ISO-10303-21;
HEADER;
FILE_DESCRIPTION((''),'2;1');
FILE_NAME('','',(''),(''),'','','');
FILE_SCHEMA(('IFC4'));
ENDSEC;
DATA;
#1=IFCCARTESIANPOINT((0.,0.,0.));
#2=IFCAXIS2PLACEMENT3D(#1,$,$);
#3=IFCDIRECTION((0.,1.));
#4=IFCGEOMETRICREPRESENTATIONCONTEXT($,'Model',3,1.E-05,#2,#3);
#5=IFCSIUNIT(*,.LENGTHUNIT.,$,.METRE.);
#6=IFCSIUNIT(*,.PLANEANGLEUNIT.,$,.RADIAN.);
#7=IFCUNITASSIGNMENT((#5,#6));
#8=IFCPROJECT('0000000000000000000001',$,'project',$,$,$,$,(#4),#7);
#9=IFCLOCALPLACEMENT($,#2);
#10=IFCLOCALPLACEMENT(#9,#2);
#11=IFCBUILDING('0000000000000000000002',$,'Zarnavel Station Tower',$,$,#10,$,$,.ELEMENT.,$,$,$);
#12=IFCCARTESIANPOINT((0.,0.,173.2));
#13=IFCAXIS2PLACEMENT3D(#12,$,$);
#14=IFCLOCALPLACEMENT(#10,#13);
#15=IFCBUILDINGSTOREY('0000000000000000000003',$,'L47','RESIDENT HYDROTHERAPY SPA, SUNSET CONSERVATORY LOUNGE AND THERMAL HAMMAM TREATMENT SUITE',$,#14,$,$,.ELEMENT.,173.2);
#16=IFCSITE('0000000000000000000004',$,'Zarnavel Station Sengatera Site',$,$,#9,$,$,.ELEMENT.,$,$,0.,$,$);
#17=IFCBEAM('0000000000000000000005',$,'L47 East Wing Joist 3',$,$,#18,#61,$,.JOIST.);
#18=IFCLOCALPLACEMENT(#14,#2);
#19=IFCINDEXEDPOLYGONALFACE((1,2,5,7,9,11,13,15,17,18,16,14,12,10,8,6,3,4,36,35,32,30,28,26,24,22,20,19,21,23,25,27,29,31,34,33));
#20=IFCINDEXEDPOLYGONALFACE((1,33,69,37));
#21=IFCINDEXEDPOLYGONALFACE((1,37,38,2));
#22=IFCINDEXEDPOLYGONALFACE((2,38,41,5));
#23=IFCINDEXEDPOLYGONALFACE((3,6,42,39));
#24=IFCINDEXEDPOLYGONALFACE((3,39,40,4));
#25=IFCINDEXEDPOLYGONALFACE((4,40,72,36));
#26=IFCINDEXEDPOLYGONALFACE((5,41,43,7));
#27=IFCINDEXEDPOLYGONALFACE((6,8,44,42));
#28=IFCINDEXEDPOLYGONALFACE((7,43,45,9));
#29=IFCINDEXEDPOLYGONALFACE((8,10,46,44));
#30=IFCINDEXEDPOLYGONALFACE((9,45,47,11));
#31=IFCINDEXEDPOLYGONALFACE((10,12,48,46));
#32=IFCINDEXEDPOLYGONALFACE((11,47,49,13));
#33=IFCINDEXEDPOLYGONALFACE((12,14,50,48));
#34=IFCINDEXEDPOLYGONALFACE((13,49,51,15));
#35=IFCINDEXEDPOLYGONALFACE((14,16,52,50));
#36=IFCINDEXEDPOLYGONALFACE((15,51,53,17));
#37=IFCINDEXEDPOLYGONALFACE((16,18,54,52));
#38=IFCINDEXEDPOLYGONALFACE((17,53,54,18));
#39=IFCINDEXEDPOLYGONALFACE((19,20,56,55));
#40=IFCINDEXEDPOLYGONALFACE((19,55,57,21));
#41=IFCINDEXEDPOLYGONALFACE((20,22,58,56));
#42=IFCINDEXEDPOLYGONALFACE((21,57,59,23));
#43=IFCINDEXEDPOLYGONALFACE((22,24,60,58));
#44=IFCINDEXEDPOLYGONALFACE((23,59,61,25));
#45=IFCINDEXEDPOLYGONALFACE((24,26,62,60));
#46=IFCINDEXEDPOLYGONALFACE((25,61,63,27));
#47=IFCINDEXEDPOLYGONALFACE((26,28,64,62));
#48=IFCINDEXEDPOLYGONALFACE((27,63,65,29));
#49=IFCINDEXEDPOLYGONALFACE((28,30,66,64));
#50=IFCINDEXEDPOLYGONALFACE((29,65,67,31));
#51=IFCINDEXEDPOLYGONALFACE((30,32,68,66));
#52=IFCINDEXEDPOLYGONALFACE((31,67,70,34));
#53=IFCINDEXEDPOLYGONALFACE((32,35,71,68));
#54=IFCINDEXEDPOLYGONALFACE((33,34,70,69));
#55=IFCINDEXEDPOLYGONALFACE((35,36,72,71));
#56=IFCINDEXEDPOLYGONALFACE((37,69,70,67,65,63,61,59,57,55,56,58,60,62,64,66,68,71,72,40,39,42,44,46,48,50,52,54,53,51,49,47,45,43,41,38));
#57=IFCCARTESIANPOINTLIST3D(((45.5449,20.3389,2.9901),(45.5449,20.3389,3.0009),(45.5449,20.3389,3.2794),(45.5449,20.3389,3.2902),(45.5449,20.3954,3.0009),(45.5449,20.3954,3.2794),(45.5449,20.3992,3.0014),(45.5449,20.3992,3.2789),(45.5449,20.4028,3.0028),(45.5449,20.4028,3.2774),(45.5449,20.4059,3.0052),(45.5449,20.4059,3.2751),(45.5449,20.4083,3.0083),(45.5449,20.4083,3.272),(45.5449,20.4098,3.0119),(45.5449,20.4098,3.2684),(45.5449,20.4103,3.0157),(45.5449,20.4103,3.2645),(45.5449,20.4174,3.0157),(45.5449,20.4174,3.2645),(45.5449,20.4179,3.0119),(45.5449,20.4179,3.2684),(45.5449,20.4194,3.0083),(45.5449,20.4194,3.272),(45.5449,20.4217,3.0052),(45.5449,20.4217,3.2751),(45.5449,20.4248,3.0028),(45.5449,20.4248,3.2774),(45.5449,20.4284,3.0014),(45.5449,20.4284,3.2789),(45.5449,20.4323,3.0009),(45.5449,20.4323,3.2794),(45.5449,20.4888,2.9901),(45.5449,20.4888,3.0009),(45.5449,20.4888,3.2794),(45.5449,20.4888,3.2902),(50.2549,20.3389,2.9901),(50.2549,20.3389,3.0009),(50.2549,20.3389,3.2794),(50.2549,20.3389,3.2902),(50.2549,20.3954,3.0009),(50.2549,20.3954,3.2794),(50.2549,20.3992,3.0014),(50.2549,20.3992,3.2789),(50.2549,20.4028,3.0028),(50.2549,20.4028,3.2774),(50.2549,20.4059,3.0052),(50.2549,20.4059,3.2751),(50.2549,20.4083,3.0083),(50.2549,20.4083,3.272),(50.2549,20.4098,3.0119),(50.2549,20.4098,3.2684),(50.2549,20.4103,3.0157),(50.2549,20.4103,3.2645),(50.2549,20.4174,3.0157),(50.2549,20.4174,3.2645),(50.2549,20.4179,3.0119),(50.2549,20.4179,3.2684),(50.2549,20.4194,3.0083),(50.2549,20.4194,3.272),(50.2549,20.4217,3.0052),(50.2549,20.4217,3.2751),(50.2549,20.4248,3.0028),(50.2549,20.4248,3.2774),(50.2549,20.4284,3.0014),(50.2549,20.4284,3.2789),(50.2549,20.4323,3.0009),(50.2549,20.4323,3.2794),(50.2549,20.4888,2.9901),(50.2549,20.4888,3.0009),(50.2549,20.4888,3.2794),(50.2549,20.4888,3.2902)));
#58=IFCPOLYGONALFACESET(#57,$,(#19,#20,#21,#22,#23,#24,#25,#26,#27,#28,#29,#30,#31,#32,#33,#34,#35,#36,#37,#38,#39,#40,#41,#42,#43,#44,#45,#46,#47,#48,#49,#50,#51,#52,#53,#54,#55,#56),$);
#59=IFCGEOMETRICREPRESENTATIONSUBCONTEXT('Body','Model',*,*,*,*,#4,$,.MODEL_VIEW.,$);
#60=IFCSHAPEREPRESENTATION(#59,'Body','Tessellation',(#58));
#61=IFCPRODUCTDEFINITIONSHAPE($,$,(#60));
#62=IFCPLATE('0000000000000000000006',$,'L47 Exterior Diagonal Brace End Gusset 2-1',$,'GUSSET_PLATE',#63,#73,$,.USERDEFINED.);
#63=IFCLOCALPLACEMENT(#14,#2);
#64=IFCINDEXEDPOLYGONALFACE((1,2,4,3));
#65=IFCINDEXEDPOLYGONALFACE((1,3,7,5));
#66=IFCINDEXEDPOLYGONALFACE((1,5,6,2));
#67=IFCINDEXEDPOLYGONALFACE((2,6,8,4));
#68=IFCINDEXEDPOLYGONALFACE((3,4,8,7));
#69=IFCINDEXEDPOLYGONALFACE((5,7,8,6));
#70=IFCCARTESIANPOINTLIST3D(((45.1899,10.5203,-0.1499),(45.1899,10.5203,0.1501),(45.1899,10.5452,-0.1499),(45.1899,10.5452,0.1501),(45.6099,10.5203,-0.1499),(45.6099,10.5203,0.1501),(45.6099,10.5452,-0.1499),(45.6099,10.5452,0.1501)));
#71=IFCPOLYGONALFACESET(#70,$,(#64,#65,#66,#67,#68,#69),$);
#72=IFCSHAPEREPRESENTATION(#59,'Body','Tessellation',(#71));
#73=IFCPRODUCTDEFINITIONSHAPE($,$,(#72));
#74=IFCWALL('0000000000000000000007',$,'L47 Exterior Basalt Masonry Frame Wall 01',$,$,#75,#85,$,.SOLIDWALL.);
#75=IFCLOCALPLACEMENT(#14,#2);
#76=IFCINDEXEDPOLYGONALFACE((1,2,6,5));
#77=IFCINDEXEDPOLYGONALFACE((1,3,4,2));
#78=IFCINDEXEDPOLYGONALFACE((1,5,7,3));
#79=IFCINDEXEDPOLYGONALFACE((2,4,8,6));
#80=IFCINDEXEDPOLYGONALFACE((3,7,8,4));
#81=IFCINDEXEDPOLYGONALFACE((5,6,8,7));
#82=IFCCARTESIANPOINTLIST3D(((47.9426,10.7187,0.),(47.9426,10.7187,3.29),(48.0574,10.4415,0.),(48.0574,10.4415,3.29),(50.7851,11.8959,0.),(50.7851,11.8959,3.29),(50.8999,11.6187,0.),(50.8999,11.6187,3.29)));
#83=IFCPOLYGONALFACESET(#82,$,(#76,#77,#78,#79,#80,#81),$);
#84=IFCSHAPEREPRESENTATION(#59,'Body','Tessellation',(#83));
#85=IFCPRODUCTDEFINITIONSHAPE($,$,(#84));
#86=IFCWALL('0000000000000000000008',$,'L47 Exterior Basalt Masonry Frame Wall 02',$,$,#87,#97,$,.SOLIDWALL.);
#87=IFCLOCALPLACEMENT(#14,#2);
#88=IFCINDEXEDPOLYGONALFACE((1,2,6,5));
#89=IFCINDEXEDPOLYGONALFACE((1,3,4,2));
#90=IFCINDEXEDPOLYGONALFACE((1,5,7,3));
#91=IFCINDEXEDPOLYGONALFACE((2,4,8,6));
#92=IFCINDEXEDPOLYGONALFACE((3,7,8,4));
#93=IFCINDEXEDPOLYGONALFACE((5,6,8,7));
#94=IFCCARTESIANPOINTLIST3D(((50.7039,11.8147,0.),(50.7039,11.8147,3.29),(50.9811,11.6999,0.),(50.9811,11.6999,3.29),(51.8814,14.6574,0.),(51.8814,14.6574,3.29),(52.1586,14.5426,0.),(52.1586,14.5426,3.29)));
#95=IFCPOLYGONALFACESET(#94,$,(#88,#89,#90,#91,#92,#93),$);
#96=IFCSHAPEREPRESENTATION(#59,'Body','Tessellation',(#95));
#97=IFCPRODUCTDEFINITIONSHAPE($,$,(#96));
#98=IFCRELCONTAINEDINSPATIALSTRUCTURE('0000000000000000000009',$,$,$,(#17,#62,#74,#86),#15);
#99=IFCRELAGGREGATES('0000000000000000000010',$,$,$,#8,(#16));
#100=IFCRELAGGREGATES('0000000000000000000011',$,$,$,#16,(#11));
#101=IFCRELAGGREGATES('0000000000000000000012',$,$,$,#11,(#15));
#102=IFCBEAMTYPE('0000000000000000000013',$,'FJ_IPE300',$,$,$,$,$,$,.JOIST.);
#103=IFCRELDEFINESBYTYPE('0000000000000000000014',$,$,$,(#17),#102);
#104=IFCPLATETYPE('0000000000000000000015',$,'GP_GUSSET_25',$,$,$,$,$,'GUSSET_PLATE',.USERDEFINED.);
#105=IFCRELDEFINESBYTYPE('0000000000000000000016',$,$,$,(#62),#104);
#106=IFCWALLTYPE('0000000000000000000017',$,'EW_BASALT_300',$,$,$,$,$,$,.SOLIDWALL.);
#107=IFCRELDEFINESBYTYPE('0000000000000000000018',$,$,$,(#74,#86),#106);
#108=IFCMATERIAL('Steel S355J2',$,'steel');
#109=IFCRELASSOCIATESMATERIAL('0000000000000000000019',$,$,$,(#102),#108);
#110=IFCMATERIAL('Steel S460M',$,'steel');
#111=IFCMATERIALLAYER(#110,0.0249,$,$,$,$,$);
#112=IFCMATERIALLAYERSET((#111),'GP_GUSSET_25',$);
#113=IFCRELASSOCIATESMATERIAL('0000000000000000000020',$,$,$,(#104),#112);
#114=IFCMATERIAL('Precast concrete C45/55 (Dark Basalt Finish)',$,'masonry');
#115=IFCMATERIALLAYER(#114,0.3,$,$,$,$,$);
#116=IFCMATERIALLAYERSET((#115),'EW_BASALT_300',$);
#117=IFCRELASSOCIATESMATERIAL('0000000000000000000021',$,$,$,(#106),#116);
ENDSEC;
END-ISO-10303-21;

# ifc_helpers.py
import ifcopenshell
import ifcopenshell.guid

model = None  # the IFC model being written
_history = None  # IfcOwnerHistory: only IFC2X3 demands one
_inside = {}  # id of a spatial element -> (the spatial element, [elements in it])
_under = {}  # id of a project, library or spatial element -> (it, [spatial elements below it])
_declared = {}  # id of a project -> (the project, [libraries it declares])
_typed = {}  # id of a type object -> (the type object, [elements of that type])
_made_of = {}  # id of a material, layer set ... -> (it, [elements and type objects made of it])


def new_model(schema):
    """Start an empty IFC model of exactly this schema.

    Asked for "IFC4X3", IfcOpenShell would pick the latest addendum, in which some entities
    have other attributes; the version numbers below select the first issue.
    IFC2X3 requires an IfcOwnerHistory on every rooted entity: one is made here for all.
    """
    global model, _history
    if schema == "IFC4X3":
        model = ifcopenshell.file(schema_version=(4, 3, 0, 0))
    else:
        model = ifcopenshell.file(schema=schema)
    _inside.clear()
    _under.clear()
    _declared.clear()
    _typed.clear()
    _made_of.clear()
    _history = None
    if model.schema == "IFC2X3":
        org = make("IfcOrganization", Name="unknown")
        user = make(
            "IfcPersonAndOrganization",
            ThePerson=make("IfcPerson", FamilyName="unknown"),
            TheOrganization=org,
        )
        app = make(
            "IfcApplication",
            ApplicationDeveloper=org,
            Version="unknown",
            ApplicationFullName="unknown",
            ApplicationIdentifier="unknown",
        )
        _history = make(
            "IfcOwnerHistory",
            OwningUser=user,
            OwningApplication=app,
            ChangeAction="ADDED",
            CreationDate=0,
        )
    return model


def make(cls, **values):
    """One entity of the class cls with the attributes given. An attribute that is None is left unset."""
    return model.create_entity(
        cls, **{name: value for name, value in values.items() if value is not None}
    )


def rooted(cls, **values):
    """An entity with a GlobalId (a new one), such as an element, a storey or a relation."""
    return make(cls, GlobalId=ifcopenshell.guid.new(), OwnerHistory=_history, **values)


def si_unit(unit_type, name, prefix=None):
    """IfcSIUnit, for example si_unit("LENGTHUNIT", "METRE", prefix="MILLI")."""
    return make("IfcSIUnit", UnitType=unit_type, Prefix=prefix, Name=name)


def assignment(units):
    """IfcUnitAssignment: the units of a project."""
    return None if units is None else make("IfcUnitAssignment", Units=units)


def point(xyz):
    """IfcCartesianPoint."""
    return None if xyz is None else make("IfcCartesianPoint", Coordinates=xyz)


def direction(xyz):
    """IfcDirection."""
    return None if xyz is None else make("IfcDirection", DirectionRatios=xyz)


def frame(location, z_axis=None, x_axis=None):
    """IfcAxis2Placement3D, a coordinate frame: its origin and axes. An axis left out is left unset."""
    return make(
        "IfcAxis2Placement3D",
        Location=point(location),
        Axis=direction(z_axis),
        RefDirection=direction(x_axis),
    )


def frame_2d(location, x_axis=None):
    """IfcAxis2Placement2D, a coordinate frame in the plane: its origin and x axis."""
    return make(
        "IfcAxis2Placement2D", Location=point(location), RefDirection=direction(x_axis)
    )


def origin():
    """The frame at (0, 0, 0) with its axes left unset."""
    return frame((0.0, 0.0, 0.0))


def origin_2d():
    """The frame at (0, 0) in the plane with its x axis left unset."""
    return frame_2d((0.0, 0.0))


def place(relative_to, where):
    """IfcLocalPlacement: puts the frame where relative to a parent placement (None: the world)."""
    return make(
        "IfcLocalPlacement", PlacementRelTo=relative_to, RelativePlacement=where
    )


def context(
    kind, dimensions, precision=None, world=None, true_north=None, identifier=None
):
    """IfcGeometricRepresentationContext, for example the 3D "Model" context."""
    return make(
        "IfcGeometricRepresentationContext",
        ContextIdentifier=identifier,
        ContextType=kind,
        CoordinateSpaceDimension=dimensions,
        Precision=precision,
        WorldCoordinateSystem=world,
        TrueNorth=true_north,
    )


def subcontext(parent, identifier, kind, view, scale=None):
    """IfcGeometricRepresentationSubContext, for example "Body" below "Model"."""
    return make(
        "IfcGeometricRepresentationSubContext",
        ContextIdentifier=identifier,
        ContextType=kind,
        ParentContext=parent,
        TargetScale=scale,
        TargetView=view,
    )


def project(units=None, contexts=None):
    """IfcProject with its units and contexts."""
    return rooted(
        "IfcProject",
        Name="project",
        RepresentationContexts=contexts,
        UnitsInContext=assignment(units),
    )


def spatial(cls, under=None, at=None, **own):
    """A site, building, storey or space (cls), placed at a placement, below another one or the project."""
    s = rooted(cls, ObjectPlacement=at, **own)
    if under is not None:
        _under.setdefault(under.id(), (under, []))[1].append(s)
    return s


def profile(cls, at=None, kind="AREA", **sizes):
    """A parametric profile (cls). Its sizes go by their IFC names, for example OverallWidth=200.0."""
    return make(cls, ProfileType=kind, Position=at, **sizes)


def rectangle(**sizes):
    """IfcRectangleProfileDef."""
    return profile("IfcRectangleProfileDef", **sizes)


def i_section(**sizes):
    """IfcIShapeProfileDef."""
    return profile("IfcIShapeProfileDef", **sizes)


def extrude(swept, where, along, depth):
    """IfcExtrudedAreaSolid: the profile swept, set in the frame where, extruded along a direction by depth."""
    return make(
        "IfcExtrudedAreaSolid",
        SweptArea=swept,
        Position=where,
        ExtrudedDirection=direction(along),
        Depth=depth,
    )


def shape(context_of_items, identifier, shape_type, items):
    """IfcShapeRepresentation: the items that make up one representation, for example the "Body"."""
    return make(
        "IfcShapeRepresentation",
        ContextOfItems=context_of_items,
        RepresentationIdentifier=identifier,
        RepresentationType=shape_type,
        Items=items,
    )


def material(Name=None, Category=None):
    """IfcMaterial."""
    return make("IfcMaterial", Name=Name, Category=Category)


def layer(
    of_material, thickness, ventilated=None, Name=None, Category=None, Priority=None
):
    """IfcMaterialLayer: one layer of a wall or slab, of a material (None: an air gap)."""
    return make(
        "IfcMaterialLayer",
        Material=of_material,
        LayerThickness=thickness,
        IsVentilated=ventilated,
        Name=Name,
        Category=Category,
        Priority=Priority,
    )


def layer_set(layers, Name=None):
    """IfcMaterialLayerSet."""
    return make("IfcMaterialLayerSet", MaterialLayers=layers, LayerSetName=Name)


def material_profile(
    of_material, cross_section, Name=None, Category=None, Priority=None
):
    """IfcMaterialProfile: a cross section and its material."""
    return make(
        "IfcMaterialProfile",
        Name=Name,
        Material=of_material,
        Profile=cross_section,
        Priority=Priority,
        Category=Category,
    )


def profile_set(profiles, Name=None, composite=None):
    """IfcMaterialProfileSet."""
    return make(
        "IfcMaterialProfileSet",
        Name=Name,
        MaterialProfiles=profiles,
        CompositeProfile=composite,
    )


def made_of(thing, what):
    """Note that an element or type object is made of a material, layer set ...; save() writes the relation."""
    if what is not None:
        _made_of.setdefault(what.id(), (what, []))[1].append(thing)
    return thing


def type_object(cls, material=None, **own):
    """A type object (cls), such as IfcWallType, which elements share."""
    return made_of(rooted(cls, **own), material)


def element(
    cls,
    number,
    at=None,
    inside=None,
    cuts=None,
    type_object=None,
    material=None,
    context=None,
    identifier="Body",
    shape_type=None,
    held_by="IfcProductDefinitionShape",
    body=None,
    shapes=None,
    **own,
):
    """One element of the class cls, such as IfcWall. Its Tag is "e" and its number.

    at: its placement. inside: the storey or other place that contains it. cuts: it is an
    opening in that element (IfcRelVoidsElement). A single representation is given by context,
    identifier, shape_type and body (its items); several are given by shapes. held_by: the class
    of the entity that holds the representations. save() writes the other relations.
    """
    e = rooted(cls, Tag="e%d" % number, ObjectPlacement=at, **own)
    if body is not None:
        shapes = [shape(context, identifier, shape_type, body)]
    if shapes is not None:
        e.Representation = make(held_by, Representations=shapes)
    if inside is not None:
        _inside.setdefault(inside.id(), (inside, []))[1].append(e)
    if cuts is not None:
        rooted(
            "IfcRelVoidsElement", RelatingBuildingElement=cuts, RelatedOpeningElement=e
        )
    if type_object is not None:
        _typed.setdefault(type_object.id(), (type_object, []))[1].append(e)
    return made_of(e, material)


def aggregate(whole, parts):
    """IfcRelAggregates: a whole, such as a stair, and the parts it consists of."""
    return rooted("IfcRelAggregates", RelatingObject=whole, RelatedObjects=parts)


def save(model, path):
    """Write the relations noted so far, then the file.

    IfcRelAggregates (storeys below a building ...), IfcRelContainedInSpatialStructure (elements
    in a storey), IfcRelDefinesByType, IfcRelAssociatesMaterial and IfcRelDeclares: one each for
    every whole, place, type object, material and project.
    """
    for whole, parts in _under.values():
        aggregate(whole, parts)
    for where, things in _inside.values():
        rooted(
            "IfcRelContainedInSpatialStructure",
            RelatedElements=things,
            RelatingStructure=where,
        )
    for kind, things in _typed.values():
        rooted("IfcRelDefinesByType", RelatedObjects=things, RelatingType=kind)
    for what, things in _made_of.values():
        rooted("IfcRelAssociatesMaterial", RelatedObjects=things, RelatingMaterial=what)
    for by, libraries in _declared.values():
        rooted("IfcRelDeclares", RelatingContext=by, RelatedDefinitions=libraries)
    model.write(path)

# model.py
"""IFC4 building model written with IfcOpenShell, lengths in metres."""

from ifc_helpers import new_model, si_unit, direction, frame, frame_2d, origin, origin_2d, place, context, subcontext, project, spatial, rectangle, i_section, extrude, material, layer, layer_set, material_profile, profile_set, type_object, element, save


model = new_model("IFC4")

# Units and contexts
model_context = context("Model", 3, precision=1e-05, world=origin(), true_north=direction((0.0, 1.0)))
body_context = subcontext(model_context, "Body", "Model", "MODEL_VIEW")
ifc_project = project(units=[si_unit("LENGTHUNIT", "METRE"), si_unit("PLANEANGLEUNIT", "RADIAN")], contexts=[model_context])

# Site, building, storey
site_placement = place(None, origin())
site = spatial("IfcSite", under=ifc_project, at=site_placement, Name="Zarnavel Station Sengatera Site", CompositionType="ELEMENT", RefElevation=0.0)
building_placement = place(site_placement, origin())
building = spatial("IfcBuilding", under=site, at=building_placement, Name="Zarnavel Station Tower", CompositionType="ELEMENT")
storey_placement = place(building_placement, frame((0.0, 0.0, 173.2)))
storey = spatial("IfcBuildingStorey", under=building, at=storey_placement, Name="L47", Description="RESIDENT HYDROTHERAPY SPA, SUNSET CONSERVATORY LOUNGE AND THERMAL HAMMAM TREATMENT SUITE", CompositionType="ELEMENT", Elevation=173.2)

# Beam
ifc_material_1 = material(Name="Steel S355J2", Category="steel")
ifc_material_profile_1 = material_profile(ifc_material_1, i_section(OverallWidth=0.1499, OverallDepth=0.3, WebThickness=0.0071, FlangeThickness=0.0107, FilletRadius=0.0149, at=origin_2d()), Name="IPE300")
ifc_profile_set_1 = profile_set([ifc_material_profile_1], Name="Steel S355J2")
beam_type_1 = type_object("IfcBeamType", Name="FJ_IPE300", PredefinedType="JOIST", material=ifc_profile_set_1)
for number, where, z_axis, x_axis, name in (
    (1, (45.5449, 20.4138, 3.1401), (1.0, 0.0, 0.0), (0.0, 1.0, 0.0), "L47 East Wing Joist 3"),
):
    element("IfcBeam", number, at=place(storey_placement, frame(where, z_axis=z_axis, x_axis=x_axis)), inside=storey, type_object=beam_type_1, Name=name, PredefinedType="JOIST", context=body_context, shape_type="SweptSolid", body=[
        extrude(i_section(OverallWidth=0.1499, OverallDepth=0.3, WebThickness=0.0071, FlangeThickness=0.0107, FilletRadius=0.0149, at=origin_2d()), origin(), (0.0, 0.0, 1.0), 4.71),
    ])

# Plate
ifc_material_2 = material(Name="Steel S460M", Category="steel")
ifc_layer_1 = layer(ifc_material_2, 0.0249)
ifc_layer_set_1 = layer_set([ifc_layer_1], Name="GP_GUSSET_25")
plate_type = type_object("IfcPlateType", Name="GP_GUSSET_25", ElementType="GUSSET_PLATE", PredefinedType="USERDEFINED", material=ifc_layer_set_1)
plate_placement = place(storey_placement, frame((45.3999, 10.5327, -0.1499), z_axis=(0.0, 0.0, 1.0), x_axis=(1.0, 0.0, 0.0)))
element("IfcPlate", 2, at=plate_placement, inside=storey, type_object=plate_type, Name="L47 Exterior Diagonal Brace End Gusset 2-1", ObjectType="GUSSET_PLATE", PredefinedType="USERDEFINED", context=body_context, shape_type="SweptSolid", body=[
    extrude(rectangle(XDim=0.4199, YDim=0.0249, at=origin_2d()), origin(), (0.0, 0.0, 1.0), 0.3),
])

# Walls
ifc_material_3 = material(Name="Precast concrete C45/55 (Dark Basalt Finish)", Category="masonry")
ifc_layer_2 = layer(ifc_material_3, 0.3)
ifc_layer_set_2 = layer_set([ifc_layer_2], Name="EW_BASALT_300")
wall_type_1 = type_object("IfcWallType", Name="EW_BASALT_300", PredefinedType="SOLIDWALL", material=ifc_layer_set_2)
wall_1_placement = place(storey_placement, frame((50.8425, 11.7573, 0.0), z_axis=(0.0, 0.0, 1.0), x_axis=(-0.923899, -0.382637, 0.0)))
element("IfcWall", 3, at=wall_1_placement, inside=storey, type_object=wall_type_1, Name="L47 Exterior Basalt Masonry Frame Wall 01", PredefinedType="SOLIDWALL", context=body_context, shape_type="SweptSolid", body=[
    extrude(rectangle(XDim=3.0767, YDim=0.3, at=frame_2d((1.5383, 0.0))), origin(), (0.0, 0.0, 1.0), 3.29),
])
wall_2_placement = place(storey_placement, frame((52.02, 14.6001, 0.0), z_axis=(0.0, 0.0, 1.0), x_axis=(-0.382676, -0.923882, 0.0)))
element("IfcWall", 4, at=wall_2_placement, inside=storey, type_object=wall_type_1, Name="L47 Exterior Basalt Masonry Frame Wall 02", PredefinedType="SOLIDWALL", context=body_context, shape_type="SweptSolid", body=[
    extrude(rectangle(XDim=3.0769, YDim=0.3, at=frame_2d((1.5386, 0.0))), origin(), (0.0, 0.0, 1.0), 3.29),
])

save(model, "model.ifc")
